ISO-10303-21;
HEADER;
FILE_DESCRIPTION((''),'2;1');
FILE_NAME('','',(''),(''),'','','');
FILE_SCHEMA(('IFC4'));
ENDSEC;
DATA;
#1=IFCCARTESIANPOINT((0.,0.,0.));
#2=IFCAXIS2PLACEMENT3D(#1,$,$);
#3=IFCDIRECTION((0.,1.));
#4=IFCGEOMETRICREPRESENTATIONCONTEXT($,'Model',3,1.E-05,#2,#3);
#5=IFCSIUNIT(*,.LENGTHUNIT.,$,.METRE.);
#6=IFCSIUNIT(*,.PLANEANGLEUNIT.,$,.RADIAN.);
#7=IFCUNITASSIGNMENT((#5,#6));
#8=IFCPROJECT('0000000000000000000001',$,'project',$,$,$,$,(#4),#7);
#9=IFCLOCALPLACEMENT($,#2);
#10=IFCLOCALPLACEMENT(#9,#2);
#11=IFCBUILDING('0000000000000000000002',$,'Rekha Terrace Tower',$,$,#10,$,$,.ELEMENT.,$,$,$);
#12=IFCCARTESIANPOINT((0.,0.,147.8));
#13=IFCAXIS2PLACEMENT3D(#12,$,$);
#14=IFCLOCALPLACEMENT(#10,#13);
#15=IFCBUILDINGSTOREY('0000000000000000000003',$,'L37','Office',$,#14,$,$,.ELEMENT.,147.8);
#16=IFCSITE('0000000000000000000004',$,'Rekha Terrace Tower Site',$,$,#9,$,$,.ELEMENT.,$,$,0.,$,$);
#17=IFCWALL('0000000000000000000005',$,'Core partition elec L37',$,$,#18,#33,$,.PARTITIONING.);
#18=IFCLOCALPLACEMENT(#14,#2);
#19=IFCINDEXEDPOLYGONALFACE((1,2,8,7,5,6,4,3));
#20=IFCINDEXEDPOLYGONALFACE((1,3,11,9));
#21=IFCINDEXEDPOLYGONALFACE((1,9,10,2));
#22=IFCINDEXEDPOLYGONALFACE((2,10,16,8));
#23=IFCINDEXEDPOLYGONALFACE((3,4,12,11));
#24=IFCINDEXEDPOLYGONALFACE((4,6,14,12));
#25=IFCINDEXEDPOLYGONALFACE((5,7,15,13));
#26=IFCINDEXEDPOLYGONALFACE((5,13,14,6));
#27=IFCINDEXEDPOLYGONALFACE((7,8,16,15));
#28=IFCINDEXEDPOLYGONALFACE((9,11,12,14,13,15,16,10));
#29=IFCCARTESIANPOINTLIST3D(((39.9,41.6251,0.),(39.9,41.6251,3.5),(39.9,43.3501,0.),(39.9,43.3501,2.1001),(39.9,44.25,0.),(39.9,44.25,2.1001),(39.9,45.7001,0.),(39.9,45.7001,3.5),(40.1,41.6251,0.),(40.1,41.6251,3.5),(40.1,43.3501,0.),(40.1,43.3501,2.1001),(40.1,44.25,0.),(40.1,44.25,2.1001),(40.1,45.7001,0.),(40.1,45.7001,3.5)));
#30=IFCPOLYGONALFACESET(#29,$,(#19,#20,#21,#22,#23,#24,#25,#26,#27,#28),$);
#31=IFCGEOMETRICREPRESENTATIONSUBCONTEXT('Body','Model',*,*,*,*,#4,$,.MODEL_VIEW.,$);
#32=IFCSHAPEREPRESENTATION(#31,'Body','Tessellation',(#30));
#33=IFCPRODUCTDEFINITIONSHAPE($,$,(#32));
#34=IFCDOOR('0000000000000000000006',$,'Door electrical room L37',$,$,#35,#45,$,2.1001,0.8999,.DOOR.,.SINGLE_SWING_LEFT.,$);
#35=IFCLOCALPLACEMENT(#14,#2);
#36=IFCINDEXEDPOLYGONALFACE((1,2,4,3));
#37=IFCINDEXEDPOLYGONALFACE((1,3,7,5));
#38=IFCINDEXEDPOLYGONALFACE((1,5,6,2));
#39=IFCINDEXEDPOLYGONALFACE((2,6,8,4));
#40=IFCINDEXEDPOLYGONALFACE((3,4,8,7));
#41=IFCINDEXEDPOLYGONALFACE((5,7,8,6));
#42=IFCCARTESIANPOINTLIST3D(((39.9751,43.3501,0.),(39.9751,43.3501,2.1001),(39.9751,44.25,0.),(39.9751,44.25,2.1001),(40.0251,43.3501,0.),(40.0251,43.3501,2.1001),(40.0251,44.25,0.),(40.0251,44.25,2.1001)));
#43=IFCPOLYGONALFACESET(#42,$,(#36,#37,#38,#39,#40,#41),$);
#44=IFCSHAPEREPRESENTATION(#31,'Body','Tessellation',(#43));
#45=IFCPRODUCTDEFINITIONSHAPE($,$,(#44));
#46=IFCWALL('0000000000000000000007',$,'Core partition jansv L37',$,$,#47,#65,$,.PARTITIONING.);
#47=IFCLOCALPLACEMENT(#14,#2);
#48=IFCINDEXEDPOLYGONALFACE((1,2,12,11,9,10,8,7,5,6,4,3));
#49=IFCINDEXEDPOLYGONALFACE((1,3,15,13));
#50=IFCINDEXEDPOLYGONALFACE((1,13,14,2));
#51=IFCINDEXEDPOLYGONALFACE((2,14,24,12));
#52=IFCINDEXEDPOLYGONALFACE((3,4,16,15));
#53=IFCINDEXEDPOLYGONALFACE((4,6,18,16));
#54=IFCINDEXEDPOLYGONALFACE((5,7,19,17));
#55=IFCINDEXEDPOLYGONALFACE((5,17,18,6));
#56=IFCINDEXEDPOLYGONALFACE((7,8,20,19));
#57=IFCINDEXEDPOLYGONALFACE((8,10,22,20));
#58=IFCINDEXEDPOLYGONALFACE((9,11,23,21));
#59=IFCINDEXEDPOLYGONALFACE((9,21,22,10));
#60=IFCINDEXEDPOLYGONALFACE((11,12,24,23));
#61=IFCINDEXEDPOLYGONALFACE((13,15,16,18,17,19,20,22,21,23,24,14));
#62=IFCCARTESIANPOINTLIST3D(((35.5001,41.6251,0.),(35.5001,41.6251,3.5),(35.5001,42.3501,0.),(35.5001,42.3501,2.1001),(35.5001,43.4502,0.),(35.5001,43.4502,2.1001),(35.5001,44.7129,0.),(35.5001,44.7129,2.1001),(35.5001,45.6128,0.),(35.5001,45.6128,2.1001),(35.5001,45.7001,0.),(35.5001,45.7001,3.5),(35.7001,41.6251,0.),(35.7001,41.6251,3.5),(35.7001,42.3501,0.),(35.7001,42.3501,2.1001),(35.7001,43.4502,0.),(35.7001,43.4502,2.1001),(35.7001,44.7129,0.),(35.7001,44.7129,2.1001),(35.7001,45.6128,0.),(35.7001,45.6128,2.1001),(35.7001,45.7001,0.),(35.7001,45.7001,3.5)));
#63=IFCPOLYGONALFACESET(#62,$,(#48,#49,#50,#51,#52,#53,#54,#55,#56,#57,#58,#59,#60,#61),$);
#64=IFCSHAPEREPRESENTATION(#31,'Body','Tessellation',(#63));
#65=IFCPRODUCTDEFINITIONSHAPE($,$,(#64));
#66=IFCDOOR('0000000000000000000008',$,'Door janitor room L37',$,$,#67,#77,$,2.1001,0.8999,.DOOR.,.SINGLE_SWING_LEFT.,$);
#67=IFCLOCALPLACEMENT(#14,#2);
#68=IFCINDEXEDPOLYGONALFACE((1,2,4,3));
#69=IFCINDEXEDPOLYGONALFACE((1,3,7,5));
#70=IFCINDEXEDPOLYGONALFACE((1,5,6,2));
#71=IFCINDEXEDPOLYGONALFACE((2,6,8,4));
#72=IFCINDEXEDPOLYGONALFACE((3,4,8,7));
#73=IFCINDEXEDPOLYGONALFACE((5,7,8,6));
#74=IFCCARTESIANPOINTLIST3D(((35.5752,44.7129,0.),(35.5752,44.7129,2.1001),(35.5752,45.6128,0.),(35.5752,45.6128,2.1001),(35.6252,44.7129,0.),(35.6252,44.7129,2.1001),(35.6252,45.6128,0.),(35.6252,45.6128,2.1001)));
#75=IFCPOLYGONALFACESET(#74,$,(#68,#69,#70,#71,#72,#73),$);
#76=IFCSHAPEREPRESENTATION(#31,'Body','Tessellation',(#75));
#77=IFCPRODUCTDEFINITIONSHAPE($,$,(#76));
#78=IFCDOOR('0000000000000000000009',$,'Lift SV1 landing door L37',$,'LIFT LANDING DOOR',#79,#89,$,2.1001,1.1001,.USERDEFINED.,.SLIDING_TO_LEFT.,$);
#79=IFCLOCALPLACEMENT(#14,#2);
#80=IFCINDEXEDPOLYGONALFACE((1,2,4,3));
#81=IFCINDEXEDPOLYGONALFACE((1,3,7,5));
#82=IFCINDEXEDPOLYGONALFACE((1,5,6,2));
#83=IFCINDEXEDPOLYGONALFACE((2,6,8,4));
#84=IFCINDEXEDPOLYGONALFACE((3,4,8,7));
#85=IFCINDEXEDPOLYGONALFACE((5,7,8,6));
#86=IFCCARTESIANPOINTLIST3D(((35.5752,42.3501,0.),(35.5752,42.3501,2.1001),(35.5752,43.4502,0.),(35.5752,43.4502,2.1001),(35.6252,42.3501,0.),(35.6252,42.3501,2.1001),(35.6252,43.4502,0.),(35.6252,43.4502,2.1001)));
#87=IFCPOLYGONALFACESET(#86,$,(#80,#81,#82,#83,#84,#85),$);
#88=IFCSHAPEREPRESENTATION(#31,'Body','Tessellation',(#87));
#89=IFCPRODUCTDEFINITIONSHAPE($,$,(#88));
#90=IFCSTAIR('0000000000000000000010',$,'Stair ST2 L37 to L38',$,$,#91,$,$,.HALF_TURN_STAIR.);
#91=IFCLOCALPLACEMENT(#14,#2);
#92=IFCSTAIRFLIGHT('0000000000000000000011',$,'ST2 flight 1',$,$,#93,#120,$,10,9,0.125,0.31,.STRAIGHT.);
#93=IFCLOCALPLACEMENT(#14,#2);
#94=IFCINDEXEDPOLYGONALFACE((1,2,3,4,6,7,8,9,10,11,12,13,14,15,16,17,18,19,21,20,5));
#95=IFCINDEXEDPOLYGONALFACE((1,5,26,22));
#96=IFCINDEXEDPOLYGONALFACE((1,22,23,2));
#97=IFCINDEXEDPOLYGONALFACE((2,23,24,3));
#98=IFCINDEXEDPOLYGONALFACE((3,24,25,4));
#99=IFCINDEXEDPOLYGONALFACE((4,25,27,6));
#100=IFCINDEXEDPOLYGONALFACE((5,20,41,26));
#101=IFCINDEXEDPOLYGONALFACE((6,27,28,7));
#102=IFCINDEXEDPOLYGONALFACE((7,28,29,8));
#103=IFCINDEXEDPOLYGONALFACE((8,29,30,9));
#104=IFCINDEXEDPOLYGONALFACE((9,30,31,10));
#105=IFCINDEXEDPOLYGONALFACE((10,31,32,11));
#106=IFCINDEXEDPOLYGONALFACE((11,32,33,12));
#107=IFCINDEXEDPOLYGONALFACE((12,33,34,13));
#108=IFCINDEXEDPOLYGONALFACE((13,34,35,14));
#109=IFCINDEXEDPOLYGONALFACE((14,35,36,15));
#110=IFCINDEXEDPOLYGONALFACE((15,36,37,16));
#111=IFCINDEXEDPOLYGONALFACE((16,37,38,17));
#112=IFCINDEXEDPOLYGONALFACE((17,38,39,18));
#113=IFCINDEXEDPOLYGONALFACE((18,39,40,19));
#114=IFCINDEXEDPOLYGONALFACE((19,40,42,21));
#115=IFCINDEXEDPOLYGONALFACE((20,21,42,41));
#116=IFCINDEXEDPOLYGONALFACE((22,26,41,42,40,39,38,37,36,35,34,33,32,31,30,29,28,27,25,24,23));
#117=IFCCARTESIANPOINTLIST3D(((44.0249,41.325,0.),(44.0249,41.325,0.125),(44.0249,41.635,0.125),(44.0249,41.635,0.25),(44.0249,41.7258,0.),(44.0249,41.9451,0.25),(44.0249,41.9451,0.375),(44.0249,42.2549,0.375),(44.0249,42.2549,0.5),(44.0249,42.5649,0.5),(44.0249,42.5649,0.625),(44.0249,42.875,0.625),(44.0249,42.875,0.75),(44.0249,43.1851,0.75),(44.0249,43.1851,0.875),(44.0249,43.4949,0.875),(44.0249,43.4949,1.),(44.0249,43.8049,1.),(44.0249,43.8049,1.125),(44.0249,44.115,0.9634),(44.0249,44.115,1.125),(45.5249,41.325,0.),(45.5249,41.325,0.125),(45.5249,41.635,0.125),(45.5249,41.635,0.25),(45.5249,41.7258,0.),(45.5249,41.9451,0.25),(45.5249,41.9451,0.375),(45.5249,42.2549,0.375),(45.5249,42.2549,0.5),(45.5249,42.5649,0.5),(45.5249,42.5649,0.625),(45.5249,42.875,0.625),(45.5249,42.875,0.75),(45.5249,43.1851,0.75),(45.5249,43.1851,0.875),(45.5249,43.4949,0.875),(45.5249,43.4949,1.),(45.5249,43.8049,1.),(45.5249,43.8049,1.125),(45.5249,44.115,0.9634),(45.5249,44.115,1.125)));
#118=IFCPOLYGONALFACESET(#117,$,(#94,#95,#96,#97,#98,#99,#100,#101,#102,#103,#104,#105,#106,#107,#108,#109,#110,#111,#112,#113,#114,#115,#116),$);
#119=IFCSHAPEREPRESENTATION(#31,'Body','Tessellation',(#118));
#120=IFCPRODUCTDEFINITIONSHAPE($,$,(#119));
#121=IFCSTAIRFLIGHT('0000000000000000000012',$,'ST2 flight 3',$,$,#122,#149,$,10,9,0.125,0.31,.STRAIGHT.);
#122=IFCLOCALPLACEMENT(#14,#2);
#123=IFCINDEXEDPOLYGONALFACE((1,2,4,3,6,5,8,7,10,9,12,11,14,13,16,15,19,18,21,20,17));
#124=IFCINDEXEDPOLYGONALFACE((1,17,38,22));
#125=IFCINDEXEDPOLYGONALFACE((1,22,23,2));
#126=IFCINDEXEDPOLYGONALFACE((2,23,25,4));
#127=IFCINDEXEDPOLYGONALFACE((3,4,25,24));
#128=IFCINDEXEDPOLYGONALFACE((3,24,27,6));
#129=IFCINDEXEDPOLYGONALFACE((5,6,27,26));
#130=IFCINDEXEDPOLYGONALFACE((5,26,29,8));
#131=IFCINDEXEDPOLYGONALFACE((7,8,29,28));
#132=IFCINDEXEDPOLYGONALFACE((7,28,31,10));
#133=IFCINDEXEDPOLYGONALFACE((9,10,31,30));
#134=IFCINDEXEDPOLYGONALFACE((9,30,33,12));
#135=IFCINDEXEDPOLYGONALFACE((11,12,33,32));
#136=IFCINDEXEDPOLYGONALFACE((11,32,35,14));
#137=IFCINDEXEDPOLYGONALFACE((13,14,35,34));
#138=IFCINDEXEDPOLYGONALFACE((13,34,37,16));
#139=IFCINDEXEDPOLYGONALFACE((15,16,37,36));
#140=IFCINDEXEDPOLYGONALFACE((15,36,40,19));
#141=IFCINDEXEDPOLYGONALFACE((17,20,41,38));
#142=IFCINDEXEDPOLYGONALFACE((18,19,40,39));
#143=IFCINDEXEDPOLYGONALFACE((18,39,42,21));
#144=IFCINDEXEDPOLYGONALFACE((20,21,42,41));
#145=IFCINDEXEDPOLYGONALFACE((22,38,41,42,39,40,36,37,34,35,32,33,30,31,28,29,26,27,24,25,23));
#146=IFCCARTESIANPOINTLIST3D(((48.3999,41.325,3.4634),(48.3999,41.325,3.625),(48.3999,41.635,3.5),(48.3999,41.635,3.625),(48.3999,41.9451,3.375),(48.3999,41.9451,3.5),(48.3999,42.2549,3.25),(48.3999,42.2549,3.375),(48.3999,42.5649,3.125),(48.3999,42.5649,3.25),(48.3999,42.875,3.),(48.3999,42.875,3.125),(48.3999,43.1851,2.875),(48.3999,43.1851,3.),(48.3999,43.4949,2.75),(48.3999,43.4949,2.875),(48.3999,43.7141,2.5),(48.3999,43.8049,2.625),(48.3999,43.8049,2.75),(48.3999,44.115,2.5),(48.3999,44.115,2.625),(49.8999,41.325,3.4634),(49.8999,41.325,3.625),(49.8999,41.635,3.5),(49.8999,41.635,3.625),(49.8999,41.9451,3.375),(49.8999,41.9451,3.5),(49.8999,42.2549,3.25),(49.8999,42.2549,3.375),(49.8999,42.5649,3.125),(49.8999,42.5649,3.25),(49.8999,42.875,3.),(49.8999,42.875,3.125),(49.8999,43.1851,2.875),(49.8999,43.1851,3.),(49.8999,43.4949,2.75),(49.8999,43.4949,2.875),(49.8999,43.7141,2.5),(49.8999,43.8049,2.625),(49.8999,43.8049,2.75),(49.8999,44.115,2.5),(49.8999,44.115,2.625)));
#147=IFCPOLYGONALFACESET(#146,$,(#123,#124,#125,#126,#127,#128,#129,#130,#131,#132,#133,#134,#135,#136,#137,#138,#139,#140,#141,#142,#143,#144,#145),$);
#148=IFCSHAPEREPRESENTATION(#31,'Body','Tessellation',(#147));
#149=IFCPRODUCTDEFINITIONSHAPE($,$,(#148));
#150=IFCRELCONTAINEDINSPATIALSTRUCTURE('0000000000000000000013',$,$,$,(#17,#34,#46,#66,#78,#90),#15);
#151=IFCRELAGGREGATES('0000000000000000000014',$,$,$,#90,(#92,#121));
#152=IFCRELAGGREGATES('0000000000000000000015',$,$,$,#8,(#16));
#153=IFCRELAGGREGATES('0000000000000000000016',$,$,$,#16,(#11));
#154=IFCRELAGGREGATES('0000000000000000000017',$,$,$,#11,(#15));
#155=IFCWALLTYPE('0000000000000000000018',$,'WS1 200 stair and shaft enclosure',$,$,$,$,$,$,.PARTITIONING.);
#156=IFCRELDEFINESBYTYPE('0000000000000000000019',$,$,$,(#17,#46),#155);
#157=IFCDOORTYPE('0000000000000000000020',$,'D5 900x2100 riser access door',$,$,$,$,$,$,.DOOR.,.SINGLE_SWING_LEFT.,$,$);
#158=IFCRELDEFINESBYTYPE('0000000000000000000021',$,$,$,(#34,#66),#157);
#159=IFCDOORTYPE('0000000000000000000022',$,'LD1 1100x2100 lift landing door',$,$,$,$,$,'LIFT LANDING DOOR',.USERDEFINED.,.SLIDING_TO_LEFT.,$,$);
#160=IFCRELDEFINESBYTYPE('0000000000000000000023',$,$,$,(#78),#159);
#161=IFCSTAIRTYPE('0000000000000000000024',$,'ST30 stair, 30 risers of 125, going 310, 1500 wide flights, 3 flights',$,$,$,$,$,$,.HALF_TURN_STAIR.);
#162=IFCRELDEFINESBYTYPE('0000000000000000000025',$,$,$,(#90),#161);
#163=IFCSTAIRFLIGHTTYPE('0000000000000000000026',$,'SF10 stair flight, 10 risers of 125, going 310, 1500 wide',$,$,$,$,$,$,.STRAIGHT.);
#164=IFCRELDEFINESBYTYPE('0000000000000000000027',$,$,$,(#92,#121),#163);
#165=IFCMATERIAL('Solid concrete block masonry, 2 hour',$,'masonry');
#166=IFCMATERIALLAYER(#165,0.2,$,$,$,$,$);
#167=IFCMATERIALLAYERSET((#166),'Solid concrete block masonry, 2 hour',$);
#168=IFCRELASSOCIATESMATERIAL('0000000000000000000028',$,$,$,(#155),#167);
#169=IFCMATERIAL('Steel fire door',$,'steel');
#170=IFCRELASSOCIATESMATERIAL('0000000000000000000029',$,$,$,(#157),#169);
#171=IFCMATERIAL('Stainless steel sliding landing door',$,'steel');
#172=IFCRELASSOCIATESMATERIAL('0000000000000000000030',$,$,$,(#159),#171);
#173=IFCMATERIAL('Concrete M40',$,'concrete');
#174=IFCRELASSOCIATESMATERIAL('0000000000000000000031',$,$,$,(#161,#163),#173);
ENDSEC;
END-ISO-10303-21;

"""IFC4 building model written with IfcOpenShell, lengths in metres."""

from ifc_helpers import new_model, si_unit, direction, frame, frame_2d, origin, place, context, subcontext, project, spatial, polyline, rectangle, outline, extrude, material, layer, layer_set, type_object, element, fill, aggregate, save


model = new_model("IFC4")

# Units and contexts
model_context = context("Model", 3, precision=1e-05, world=origin(), true_north=direction((0.0, 1.0)))
body_context = subcontext(model_context, "Body", "Model", "MODEL_VIEW")
ifc_project = project(units=[si_unit("LENGTHUNIT", "METRE"), si_unit("PLANEANGLEUNIT", "RADIAN")], contexts=[model_context])

# Site, building, storey
site_placement = place(None, origin())
site = spatial("IfcSite", under=ifc_project, at=site_placement, Name="Rekha Terrace Tower Site", CompositionType="ELEMENT", RefElevation=0.0)
building_placement = place(site_placement, origin())
building = spatial("IfcBuilding", under=site, at=building_placement, Name="Rekha Terrace Tower", CompositionType="ELEMENT")
storey_placement = place(building_placement, frame((0.0, 0.0, 147.8)))
storey = spatial("IfcBuildingStorey", under=building, at=storey_placement, Name="L37", Description="Office", CompositionType="ELEMENT", Elevation=147.8)

# Shared definitions
ifc_material_1 = material(Name="Stainless steel sliding landing door", Category="steel")
ifc_material_2 = material(Name="Steel fire door", Category="steel")

# Shared definitions
ifc_material_3 = material(Name="Solid concrete block masonry, 2 hour", Category="masonry")
ifc_layer_1 = layer(ifc_material_3, 0.2)
ifc_layer_set_1 = layer_set([ifc_layer_1], Name="Solid concrete block masonry, 2 hour")
wall_type_1 = type_object("IfcWallType", Name="WS1 200 stair and shaft enclosure", PredefinedType="PARTITIONING", material=ifc_layer_set_1)

# Wall, opening, door
wall_1_placement = place(storey_placement, frame((40.0, 41.625, 0.0), z_axis=(0.0, 0.0, 1.0), x_axis=(0.0, 1.0, 0.0)))
wall_1 = element("IfcWall", 1, at=wall_1_placement, inside=storey, type_object=wall_type_1, Name="Core partition elec L37", PredefinedType="PARTITIONING", context=body_context, shape_type="SweptSolid", body=[
    extrude(rectangle(XDim=4.075, YDim=0.2, at=frame_2d((2.0376, 0.0))), origin(), (0.0, 0.0, 1.0), 3.5),
])
opening_1_placement = place(wall_1_placement, frame((1.7251, 0.0, 0.0)))
opening_1 = element("IfcOpeningElement", 2, at=opening_1_placement, cuts=wall_1, PredefinedType="OPENING", context=body_context, shape_type="SweptSolid", body=[
    extrude(rectangle(XDim=0.8999, YDim=2.1001, at=frame_2d((0.45, 1.05))), frame((0.0, 0.1099, 0.0), z_axis=(0.0, -1.0, 0.0), x_axis=(1.0, 0.0, 0.0)), (0.0, 0.0, 1.0), 0.22),
])
door_type_1 = type_object("IfcDoorType", Name="D5 900x2100 riser access door", OperationType="SINGLE_SWING_LEFT", PredefinedType="DOOR", material=ifc_material_2)
door_1_placement = place(opening_1_placement, origin())
door_1 = element("IfcDoor", 3, at=door_1_placement, inside=storey, type_object=door_type_1, Name="Door electrical room L37", OperationType="SINGLE_SWING_LEFT", OverallHeight=2.1001, OverallWidth=0.8999, PredefinedType="DOOR", context=body_context, shape_type="SweptSolid", body=[
    extrude(rectangle(XDim=0.8999, YDim=2.1001, at=frame_2d((0.45, 1.05))), frame((0.0, 0.0249, 0.0), z_axis=(0.0, -1.0, 0.0), x_axis=(1.0, 0.0, 0.0)), (0.0, 0.0, 1.0), 0.05),
])
fill(opening_1, door_1)

# Wall, openings, doors
wall_2_placement = place(storey_placement, frame((35.6001, 41.625, 0.0), z_axis=(0.0, 0.0, 1.0), x_axis=(0.0, 1.0, 0.0)))
wall_2 = element("IfcWall", 4, at=wall_2_placement, inside=storey, type_object=wall_type_1, Name="Core partition jansv L37", PredefinedType="PARTITIONING", context=body_context, shape_type="SweptSolid", body=[
    extrude(rectangle(XDim=4.075, YDim=0.2, at=frame_2d((2.0376, 0.0))), origin(), (0.0, 0.0, 1.0), 3.5),
])
opening_2_placement = place(wall_2_placement, frame((3.0879, 0.0, 0.0)))
opening_2 = element("IfcOpeningElement", 5, at=opening_2_placement, cuts=wall_2, PredefinedType="OPENING", context=body_context, shape_type="SweptSolid", body=[
    extrude(rectangle(XDim=0.8999, YDim=2.1001, at=frame_2d((0.45, 1.05))), frame((0.0, 0.1099, 0.0), z_axis=(0.0, -1.0, 0.0), x_axis=(1.0, 0.0, 0.0)), (0.0, 0.0, 1.0), 0.22),
])
opening_3_placement = place(wall_2_placement, frame((0.7251, 0.0, 0.0)))
opening_3 = element("IfcOpeningElement", 6, at=opening_3_placement, cuts=wall_2, PredefinedType="OPENING", context=body_context, shape_type="SweptSolid", body=[
    extrude(rectangle(XDim=1.1001, YDim=2.1001, at=frame_2d((0.55, 1.05))), frame((0.0, 0.1099, 0.0), z_axis=(0.0, -1.0, 0.0), x_axis=(1.0, 0.0, 0.0)), (0.0, 0.0, 1.0), 0.22),
])
door_2_placement = place(opening_2_placement, origin())
door_2 = element("IfcDoor", 7, at=door_2_placement, inside=storey, type_object=door_type_1, Name="Door janitor room L37", OperationType="SINGLE_SWING_LEFT", OverallHeight=2.1001, OverallWidth=0.8999, PredefinedType="DOOR", context=body_context, shape_type="SweptSolid", body=[
    extrude(rectangle(XDim=0.8999, YDim=2.1001, at=frame_2d((0.45, 1.05))), frame((0.0, 0.0249, 0.0), z_axis=(0.0, -1.0, 0.0), x_axis=(1.0, 0.0, 0.0)), (0.0, 0.0, 1.0), 0.05),
])
fill(opening_2, door_2)
door_type_2 = type_object("IfcDoorType", Name="LD1 1100x2100 lift landing door", ElementType="LIFT LANDING DOOR", OperationType="SLIDING_TO_LEFT", PredefinedType="USERDEFINED", material=ifc_material_1)
door_3_placement = place(opening_3_placement, origin())
door_3 = element("IfcDoor", 8, at=door_3_placement, inside=storey, type_object=door_type_2, Name="Lift SV1 landing door L37", ObjectType="LIFT LANDING DOOR", OperationType="SLIDING_TO_LEFT", OverallHeight=2.1001, OverallWidth=1.1001, PredefinedType="USERDEFINED", context=body_context, shape_type="SweptSolid", body=[
    extrude(rectangle(XDim=1.1001, YDim=2.1001, at=frame_2d((0.55, 1.05))), frame((0.0, 0.0249, 0.0), z_axis=(0.0, -1.0, 0.0), x_axis=(1.0, 0.0, 0.0)), (0.0, 0.0, 1.0), 0.05),
])
fill(opening_3, door_3)

# Stair, stair flights
ifc_material_4 = material(Name="Concrete M40", Category="concrete")
stair_type = type_object("IfcStairType", Name="ST30 stair, 30 risers of 125, going 310, 1500 wide flights, 3 flights", PredefinedType="HALF_TURN_STAIR", material=ifc_material_4)
stair_1_placement = place(storey_placement, origin())
stair_1 = element("IfcStair", 9, at=stair_1_placement, inside=storey, type_object=stair_type, Name="Stair ST2 L37 to L38", PredefinedType="HALF_TURN_STAIR")
stair_flight_type = type_object("IfcStairFlightType", Name="SF10 stair flight, 10 risers of 125, going 310, 1500 wide", PredefinedType="STRAIGHT", material=ifc_material_4)
stair_flight_1_placement = place(storey_placement, frame((44.7749, 41.325, 0.0), z_axis=(0.0, 0.0, 1.0), x_axis=(0.0, 1.0, 0.0)))
stair_flight_1 = element("IfcStairFlight", 10, at=stair_flight_1_placement, type_object=stair_flight_type, Name="ST2 flight 1", NumberOfRisers=10, NumberOfTreads=9, PredefinedType="STRAIGHT", RiserHeight=0.125, TreadLength=0.31, context=body_context, shape_type="SweptSolid", body=[
    extrude(outline(polyline([(0.0, 0.0), (0.0, 0.125), (0.3101, 0.125), (0.3101, 0.25), (0.6201, 0.25), (0.6201, 0.375), (0.9299, 0.375), (0.9299, 0.5), (1.24, 0.5), (1.24, 0.625), (1.55, 0.625), (1.55, 0.75), (1.8601, 0.75), (1.8601, 0.875), (2.1699, 0.875), (2.1699, 1.0), (2.48, 1.0), (2.48, 1.125), (2.79, 1.125), (2.79, 1.25), (2.79, 0.9634), (0.4009, 0.0), (0.0, 0.0)])), frame((0.0, 0.75, 0.0), z_axis=(0.0, -1.0, 0.0), x_axis=(1.0, 0.0, 0.0)), (0.0, 0.0, 1.0), 1.5),
])
stair_flight_2_placement = place(storey_placement, frame((49.1499, 44.115, 2.5), z_axis=(0.0, 0.0, 1.0), x_axis=(0.0, -1.0, 0.0)))
stair_flight_2 = element("IfcStairFlight", 11, at=stair_flight_2_placement, type_object=stair_flight_type, Name="ST2 flight 3", NumberOfRisers=10, NumberOfTreads=9, PredefinedType="STRAIGHT", RiserHeight=0.125, TreadLength=0.31, context=body_context, shape_type="SweptSolid", body=[
    extrude(outline(polyline([(0.0, 0.0), (0.0, 0.125), (0.3101, 0.125), (0.3101, 0.25), (0.6201, 0.25), (0.6201, 0.375), (0.9299, 0.375), (0.9299, 0.5), (1.24, 0.5), (1.24, 0.625), (1.55, 0.625), (1.55, 0.75), (1.8601, 0.75), (1.8601, 0.875), (2.1699, 0.875), (2.1699, 1.0), (2.48, 1.0), (2.48, 1.125), (2.79, 1.125), (2.79, 1.25), (2.79, 0.9634), (0.4009, 0.0), (0.0, 0.0)])), frame((0.0, 0.75, 0.0), z_axis=(0.0, -1.0, 0.0), x_axis=(1.0, 0.0, 0.0)), (0.0, 0.0, 1.0), 1.5),
])
aggregate(stair_1, [stair_flight_1, stair_flight_2])

save(model, "model.ifc")
